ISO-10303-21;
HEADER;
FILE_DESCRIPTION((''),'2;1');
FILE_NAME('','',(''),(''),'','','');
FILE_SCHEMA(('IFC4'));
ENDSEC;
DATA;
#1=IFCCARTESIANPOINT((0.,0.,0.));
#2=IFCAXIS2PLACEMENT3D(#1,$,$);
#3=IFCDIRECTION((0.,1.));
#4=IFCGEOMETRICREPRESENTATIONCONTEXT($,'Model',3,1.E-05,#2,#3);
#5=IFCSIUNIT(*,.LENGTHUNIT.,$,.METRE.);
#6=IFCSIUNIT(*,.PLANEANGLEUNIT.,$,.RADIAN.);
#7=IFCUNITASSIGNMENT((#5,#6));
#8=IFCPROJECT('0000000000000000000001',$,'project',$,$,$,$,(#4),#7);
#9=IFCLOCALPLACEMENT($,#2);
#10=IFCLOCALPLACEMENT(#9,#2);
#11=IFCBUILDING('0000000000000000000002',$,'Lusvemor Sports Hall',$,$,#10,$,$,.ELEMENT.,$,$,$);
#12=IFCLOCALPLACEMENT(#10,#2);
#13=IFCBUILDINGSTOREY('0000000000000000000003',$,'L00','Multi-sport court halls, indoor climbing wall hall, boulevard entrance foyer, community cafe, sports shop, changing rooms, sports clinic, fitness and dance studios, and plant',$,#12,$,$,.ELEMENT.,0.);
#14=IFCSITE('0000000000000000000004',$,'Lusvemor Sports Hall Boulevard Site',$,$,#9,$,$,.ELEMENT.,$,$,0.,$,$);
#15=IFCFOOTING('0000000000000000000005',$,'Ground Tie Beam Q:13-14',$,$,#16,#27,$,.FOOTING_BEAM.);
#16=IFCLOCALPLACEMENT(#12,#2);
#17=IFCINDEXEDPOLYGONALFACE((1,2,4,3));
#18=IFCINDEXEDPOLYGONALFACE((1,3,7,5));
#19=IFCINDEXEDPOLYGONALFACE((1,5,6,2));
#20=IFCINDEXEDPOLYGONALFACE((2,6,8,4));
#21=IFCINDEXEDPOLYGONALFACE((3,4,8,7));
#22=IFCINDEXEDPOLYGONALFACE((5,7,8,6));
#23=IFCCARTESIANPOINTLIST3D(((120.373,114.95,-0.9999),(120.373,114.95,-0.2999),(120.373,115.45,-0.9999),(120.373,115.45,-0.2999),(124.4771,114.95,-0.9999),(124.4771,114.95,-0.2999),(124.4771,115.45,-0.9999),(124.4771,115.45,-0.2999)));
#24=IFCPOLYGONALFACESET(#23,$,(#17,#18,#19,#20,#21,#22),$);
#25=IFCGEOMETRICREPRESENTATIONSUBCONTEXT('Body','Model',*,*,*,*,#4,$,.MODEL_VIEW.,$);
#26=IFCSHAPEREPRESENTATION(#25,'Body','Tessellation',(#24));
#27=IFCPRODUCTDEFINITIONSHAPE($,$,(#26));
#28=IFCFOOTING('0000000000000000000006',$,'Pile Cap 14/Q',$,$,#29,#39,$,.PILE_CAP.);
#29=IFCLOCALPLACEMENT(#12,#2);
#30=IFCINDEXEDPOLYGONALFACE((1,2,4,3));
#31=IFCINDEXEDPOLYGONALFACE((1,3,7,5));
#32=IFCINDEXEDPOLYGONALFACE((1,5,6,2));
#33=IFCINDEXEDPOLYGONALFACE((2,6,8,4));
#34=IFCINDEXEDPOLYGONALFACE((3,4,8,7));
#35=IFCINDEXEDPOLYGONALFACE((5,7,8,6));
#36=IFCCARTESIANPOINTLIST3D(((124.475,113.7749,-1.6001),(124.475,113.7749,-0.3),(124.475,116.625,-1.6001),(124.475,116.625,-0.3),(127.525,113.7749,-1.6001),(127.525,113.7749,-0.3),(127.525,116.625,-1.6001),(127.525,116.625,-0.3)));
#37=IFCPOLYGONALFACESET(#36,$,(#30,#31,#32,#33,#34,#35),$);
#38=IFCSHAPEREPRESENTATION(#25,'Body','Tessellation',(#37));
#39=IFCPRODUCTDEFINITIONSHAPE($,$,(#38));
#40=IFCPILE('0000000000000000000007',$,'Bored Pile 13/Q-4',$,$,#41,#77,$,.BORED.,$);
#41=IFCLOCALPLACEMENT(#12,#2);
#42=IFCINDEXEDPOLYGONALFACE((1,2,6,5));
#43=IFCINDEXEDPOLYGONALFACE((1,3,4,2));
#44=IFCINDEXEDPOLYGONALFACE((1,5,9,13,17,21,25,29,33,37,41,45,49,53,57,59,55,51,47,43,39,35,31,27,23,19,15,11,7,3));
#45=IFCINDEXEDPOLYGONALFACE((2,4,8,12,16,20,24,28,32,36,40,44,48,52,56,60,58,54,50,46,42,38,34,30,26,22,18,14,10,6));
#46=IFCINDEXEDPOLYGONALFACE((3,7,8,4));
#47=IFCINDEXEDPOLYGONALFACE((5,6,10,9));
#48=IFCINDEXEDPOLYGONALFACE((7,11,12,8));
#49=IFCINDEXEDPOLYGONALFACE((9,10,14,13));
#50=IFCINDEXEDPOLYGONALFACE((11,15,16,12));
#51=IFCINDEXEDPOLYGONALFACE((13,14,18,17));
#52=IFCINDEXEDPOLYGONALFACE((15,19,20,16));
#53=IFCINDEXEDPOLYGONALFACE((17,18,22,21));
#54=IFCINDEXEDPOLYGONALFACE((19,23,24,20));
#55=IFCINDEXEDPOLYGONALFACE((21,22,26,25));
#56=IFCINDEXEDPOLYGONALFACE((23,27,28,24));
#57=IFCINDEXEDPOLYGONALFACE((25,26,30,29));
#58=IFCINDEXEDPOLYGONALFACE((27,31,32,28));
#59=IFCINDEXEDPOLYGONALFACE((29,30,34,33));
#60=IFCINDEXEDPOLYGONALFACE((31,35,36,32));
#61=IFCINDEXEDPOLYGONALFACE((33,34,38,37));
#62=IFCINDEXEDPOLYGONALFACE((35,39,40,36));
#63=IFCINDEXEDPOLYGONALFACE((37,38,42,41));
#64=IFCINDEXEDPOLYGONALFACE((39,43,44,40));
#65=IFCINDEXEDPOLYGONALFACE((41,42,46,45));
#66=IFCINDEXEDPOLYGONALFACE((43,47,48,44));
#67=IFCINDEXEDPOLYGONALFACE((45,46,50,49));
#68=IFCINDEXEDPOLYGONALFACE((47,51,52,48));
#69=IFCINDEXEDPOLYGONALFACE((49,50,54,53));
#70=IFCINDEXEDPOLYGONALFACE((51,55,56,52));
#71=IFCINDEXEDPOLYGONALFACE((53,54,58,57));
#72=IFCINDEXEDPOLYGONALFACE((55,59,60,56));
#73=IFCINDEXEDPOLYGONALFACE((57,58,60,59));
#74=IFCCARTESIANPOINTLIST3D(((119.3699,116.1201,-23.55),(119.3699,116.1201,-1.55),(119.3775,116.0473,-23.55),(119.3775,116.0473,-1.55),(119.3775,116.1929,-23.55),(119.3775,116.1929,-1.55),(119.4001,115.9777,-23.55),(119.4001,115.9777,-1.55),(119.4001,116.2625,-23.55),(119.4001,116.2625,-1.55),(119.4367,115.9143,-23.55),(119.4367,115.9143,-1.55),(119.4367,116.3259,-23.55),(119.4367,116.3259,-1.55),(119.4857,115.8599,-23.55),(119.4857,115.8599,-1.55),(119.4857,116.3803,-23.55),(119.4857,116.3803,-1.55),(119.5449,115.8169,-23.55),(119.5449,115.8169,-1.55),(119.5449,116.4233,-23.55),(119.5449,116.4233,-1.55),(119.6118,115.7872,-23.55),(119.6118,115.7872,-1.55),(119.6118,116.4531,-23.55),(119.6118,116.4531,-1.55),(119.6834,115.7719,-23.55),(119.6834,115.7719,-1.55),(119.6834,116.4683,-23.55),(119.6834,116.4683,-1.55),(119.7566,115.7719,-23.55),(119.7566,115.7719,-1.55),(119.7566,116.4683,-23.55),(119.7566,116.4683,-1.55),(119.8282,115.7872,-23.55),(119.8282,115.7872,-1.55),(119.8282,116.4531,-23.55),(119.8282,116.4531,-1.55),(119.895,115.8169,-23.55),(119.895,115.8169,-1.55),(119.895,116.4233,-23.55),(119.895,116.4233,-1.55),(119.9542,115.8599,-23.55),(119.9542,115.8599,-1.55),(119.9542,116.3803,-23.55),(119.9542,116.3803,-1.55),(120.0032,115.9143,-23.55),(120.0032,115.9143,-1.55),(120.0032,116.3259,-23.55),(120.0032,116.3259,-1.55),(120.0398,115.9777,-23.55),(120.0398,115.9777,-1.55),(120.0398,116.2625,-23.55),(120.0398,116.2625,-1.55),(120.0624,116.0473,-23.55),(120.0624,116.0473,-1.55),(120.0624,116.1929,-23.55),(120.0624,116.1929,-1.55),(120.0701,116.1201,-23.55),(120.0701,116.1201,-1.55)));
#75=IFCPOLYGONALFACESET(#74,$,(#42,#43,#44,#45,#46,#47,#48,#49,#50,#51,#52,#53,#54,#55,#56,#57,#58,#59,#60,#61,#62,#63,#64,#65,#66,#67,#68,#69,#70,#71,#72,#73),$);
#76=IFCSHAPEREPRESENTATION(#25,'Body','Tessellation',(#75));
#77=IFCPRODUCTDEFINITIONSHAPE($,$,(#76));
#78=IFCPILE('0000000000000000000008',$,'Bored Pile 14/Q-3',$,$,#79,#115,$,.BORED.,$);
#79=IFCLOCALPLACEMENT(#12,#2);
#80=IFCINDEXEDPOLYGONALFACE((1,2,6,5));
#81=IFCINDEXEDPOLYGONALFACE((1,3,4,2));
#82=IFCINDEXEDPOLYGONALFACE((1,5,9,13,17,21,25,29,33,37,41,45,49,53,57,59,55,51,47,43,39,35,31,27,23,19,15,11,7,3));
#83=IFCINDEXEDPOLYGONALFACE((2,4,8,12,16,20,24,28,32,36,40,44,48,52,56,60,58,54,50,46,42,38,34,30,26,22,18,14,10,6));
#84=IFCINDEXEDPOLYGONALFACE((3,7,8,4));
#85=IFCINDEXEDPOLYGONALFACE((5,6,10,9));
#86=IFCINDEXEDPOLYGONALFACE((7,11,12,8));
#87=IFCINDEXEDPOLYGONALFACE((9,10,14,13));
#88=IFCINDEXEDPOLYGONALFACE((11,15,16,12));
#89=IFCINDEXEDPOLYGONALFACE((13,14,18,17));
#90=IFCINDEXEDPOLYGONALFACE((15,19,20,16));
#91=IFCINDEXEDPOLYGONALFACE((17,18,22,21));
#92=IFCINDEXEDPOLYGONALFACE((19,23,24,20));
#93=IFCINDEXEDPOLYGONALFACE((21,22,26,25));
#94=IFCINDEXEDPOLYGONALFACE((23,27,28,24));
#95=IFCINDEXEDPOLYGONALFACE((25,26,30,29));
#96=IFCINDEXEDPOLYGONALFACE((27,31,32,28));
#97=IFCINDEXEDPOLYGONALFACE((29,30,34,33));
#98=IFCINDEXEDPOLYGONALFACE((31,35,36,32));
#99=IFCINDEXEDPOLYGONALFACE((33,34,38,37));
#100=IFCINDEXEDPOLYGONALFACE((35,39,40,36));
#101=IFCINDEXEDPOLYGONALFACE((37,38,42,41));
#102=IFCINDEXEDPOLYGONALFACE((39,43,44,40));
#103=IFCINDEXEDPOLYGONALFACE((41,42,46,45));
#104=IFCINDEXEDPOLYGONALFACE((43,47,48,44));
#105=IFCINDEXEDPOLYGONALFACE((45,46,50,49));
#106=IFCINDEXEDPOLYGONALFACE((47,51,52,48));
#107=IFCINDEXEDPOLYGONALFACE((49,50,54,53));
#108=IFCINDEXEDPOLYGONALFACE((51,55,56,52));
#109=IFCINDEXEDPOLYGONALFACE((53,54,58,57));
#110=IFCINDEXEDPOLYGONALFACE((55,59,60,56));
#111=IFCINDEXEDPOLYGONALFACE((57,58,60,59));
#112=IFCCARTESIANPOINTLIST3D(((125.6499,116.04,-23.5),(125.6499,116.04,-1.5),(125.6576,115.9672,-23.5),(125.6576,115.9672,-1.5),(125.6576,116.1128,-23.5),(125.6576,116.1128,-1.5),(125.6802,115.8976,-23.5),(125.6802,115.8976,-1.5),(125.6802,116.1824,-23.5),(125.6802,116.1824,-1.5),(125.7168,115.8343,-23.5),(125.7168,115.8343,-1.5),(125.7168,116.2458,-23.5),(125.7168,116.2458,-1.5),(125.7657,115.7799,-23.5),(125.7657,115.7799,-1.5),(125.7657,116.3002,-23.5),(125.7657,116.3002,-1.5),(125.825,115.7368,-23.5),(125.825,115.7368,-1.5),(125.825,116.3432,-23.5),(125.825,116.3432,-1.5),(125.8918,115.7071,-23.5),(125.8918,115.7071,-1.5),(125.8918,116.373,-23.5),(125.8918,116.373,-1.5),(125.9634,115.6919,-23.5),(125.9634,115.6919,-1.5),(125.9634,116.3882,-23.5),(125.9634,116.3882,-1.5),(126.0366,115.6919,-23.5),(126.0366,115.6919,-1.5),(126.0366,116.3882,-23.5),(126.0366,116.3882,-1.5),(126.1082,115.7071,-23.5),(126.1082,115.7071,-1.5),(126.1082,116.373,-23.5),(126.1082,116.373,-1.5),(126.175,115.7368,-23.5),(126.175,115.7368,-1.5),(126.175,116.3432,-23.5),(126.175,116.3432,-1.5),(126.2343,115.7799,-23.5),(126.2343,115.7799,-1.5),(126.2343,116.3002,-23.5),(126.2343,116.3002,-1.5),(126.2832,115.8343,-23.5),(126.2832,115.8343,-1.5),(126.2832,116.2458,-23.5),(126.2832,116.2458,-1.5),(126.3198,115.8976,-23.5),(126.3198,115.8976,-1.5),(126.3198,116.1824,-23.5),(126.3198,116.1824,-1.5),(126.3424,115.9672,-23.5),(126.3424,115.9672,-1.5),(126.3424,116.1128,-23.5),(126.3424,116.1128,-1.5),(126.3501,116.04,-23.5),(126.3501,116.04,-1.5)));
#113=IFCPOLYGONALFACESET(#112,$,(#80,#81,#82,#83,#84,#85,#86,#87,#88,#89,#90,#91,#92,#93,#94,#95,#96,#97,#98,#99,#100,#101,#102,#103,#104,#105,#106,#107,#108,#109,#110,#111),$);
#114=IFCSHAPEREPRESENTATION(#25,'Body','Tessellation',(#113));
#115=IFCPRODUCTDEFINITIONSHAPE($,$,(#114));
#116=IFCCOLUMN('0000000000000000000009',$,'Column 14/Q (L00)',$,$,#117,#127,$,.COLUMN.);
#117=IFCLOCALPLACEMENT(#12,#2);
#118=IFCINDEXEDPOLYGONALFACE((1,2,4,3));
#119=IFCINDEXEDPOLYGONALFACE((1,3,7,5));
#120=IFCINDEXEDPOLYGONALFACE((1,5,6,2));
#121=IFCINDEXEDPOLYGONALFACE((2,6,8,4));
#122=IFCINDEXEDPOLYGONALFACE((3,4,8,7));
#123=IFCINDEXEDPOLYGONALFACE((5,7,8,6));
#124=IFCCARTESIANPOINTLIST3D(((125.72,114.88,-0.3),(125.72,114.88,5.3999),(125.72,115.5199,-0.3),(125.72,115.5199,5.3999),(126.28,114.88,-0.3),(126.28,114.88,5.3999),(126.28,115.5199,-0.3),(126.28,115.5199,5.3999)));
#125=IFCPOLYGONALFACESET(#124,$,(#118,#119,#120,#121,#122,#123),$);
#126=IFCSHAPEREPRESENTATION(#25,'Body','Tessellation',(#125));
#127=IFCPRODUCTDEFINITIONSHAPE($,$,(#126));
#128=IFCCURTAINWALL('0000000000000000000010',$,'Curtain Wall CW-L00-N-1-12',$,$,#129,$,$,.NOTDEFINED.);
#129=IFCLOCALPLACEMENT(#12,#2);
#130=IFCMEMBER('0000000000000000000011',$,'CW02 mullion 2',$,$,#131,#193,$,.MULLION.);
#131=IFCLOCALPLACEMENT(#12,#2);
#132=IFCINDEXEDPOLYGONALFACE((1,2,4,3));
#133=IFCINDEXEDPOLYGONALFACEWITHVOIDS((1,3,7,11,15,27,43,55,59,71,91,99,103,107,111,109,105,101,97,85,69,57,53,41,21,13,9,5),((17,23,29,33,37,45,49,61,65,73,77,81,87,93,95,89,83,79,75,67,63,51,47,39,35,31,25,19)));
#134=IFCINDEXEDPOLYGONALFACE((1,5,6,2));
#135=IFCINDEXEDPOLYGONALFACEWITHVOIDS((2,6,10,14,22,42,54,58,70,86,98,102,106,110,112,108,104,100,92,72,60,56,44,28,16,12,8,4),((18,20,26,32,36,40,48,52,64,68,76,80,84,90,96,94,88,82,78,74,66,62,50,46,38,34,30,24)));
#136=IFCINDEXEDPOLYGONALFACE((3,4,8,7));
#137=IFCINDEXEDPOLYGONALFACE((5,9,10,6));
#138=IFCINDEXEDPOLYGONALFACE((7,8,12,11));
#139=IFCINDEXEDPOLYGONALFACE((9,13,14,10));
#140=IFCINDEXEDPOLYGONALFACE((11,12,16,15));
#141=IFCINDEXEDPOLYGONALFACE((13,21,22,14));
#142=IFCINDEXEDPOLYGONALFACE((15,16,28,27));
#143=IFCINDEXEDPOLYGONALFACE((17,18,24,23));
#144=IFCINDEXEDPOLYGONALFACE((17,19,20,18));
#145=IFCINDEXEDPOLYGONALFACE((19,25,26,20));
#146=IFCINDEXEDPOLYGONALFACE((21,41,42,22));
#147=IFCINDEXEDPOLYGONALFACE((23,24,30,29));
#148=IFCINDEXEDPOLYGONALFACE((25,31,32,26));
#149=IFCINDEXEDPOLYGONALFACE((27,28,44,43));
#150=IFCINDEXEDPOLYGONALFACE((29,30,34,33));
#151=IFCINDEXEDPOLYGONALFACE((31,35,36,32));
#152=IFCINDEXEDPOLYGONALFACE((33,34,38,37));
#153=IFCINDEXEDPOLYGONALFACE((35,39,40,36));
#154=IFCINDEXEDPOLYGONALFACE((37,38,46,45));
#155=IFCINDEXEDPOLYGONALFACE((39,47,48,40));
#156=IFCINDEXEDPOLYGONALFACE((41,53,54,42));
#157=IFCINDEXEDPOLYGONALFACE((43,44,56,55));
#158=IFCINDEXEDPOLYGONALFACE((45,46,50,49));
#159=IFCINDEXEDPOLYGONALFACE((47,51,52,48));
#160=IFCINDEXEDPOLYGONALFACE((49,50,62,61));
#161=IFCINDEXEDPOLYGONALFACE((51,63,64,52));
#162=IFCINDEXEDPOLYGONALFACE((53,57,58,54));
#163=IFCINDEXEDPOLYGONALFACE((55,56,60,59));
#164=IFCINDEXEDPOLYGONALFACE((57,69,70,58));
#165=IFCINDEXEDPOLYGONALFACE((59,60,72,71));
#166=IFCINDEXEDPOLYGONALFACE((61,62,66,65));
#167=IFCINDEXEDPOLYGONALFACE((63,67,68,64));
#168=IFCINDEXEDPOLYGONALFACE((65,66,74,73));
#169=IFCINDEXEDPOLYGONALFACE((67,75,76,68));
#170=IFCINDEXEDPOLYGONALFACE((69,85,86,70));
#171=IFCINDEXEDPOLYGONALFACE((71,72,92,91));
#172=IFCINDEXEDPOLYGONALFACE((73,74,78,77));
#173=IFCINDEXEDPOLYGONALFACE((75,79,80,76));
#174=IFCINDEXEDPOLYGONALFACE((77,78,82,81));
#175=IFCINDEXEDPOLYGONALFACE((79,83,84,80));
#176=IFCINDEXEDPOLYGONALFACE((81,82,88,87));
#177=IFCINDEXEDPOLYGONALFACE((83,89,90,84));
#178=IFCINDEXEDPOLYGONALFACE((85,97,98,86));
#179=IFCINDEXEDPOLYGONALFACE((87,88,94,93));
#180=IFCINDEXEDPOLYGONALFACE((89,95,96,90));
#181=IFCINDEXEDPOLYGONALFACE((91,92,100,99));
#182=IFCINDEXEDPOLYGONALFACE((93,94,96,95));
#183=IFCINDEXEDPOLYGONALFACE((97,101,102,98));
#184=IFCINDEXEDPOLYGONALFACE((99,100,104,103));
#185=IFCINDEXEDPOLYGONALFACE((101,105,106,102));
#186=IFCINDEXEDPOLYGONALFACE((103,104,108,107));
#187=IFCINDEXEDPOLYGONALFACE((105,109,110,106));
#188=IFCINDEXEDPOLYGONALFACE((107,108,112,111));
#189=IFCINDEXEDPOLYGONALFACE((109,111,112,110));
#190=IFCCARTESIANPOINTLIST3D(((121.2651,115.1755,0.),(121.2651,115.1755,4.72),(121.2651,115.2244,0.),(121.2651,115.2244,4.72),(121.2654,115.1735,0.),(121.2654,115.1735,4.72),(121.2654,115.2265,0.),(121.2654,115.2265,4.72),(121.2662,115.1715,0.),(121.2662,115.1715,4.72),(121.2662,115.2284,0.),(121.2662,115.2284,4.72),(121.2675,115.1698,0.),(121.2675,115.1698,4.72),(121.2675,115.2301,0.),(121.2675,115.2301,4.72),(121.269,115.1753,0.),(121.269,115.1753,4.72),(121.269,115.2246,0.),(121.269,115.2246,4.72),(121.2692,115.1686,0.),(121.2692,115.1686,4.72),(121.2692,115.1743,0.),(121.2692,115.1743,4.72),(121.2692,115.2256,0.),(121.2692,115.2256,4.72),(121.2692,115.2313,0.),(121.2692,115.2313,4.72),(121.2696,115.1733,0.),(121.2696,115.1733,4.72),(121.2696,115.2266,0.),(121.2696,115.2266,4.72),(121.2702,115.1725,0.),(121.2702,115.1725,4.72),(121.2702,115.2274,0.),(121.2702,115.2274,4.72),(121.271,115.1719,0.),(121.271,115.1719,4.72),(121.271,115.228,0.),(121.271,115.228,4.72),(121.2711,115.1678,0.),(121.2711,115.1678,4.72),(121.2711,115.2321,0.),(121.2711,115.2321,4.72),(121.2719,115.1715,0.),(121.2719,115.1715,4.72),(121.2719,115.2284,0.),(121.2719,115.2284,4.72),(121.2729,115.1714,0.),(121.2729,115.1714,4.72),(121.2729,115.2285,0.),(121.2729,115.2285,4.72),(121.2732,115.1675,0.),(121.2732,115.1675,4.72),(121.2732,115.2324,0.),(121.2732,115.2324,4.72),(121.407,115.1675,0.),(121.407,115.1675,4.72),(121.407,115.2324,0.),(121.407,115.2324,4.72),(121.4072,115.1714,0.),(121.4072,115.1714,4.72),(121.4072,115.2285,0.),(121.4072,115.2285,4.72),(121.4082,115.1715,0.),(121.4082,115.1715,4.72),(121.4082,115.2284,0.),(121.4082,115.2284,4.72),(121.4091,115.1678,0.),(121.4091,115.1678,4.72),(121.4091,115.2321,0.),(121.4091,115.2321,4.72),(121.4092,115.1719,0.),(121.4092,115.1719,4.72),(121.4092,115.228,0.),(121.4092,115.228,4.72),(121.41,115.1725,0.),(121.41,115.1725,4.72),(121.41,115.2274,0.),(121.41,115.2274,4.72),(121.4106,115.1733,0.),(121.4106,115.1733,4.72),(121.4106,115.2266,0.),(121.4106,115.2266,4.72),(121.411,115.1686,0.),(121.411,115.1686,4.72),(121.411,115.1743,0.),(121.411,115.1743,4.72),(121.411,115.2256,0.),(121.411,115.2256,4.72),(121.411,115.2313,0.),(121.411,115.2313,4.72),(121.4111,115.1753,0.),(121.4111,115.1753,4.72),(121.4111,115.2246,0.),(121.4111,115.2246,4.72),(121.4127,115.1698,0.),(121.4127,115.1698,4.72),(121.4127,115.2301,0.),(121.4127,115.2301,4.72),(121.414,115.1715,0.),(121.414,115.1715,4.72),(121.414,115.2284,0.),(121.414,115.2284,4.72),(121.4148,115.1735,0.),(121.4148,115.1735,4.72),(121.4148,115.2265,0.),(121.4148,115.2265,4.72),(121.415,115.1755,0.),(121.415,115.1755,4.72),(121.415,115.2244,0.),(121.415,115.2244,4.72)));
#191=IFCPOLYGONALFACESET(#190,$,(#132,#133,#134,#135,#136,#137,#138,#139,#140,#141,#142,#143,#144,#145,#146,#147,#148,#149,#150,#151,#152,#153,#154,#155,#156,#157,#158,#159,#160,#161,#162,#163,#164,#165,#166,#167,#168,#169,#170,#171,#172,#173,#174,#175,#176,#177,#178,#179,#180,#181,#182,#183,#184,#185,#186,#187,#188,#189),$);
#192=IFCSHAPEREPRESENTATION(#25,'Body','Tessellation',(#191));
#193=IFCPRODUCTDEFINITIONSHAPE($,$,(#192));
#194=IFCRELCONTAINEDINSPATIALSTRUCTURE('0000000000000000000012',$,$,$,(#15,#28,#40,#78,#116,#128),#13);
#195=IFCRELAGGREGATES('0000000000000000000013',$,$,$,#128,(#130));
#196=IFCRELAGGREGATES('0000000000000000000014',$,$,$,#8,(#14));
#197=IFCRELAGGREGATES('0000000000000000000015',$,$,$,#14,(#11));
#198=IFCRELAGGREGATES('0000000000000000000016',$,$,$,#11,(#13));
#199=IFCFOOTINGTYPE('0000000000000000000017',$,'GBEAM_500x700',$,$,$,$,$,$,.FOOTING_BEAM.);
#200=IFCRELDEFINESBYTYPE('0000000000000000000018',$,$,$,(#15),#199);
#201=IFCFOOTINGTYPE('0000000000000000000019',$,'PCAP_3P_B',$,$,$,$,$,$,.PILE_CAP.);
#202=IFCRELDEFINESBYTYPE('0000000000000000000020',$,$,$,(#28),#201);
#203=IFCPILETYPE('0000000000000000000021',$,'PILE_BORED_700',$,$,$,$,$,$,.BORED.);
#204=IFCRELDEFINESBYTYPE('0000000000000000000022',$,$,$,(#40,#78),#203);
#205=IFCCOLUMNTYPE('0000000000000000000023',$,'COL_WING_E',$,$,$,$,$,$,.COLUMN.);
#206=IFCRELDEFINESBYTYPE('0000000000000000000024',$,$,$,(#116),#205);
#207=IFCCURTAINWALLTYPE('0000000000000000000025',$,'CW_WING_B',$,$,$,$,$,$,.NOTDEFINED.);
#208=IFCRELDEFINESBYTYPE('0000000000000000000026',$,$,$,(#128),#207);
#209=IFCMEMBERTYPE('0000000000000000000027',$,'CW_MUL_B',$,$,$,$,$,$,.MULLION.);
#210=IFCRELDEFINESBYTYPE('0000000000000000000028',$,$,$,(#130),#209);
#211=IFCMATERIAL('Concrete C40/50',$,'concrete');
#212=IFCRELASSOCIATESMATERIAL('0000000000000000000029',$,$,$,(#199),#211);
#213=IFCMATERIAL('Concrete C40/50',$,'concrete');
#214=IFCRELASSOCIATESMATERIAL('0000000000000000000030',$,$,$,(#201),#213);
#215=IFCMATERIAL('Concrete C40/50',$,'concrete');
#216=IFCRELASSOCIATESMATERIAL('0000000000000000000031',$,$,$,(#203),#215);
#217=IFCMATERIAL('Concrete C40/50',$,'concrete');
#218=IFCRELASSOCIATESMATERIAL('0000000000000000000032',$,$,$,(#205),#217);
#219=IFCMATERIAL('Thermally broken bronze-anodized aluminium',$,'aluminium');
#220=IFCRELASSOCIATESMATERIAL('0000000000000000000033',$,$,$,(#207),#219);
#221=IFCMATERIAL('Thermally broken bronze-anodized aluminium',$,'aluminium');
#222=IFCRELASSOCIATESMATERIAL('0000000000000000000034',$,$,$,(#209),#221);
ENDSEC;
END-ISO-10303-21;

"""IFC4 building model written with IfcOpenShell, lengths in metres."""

from ifc_helpers import new_model, si_unit, direction, frame, origin, origin_2d, place, context, subcontext, project, spatial, rectangle, hollow_rectangle, circle, extrude, material, material_profile, profile_set, type_object, element, aggregate, save


model = new_model("IFC4")

# Units and contexts
model_context = context("Model", 3, precision=1e-05, world=origin(), true_north=direction((0.0, 1.0)))
body_context = subcontext(model_context, "Body", "Model", "MODEL_VIEW")
ifc_project = project(units=[si_unit("LENGTHUNIT", "METRE"), si_unit("PLANEANGLEUNIT", "RADIAN")], contexts=[model_context])

# Site, building, storey
site_placement = place(None, origin())
site = spatial("IfcSite", under=ifc_project, at=site_placement, Name="Lusvemor Sports Hall Boulevard Site", CompositionType="ELEMENT", RefElevation=0.0)
building_placement = place(site_placement, origin())
building = spatial("IfcBuilding", under=site, at=building_placement, Name="Lusvemor Sports Hall", CompositionType="ELEMENT")
storey_placement = place(building_placement, origin())
storey = spatial("IfcBuildingStorey", under=building, at=storey_placement, Name="L00", Description="Multi-sport court halls, indoor climbing wall hall, boulevard entrance foyer, community cafe, sports shop, changing rooms, sports clinic, fitness and dance studios, and plant", CompositionType="ELEMENT", Elevation=0.0)

# Footings
ifc_material_1 = material(Name="Concrete C40/50", Category="concrete")
ifc_material_profile_1 = material_profile(ifc_material_1, rectangle(XDim=0.5, YDim=0.7, at=origin_2d()), Name="GB_500x700")
ifc_profile_set_1 = profile_set([ifc_material_profile_1], Name="Concrete C40/50")
footing_type_1 = type_object("IfcFootingType", Name="GBEAM_500x700", PredefinedType="FOOTING_BEAM", material=ifc_profile_set_1)
footing_1_placement = place(storey_placement, frame((120.373, 115.2, -0.6499), z_axis=(1.0, 0.0, 0.0), x_axis=(0.0, 1.0, 0.0)))
element("IfcFooting", 1, at=footing_1_placement, inside=storey, type_object=footing_type_1, Name="Ground Tie Beam Q:13-14", PredefinedType="FOOTING_BEAM", context=body_context, shape_type="SweptSolid", body=[
    extrude(rectangle(XDim=0.5, YDim=0.7, at=origin_2d()), origin(), (0.0, 0.0, 1.0), 4.104),
])
ifc_material_2 = material(Name="Concrete C40/50", Category="concrete")
footing_type_2 = type_object("IfcFootingType", Name="PCAP_3P_B", PredefinedType="PILE_CAP", material=ifc_material_2)
footing_2_placement = place(storey_placement, frame((126.0, 115.2, -1.6001), z_axis=(0.0, 0.0, 1.0), x_axis=(1.0, 0.0, 0.0)))
element("IfcFooting", 2, at=footing_2_placement, inside=storey, type_object=footing_type_2, Name="Pile Cap 14/Q", PredefinedType="PILE_CAP", context=body_context, shape_type="SweptSolid", body=[
    extrude(rectangle(XDim=3.05, YDim=2.8501, at=origin_2d()), origin(), (0.0, 0.0, 1.0), 1.3),
])

# Piles
ifc_material_3 = material(Name="Concrete C40/50", Category="concrete")
ifc_material_profile_2 = material_profile(ifc_material_3, circle(Radius=0.3501, at=origin_2d()), Name="PILE700")
ifc_profile_set_2 = profile_set([ifc_material_profile_2], Name="Concrete C40/50")
pile_type = type_object("IfcPileType", Name="PILE_BORED_700", PredefinedType="BORED", material=ifc_profile_set_2)
for number, where, z_axis, x_axis, name in (
    (3, (119.72, 116.1201, -1.55), (0.0, 0.0, -1.0), (1.0, 0.0, 0.0), "Bored Pile 13/Q-4"),
    (4, (126.0, 116.04, -1.5), (0.0, 0.0, -1.0), (1.0, 0.0, 0.0), "Bored Pile 14/Q-3"),
):
    element("IfcPile", number, at=place(storey_placement, frame(where, z_axis=z_axis, x_axis=x_axis)), inside=storey, type_object=pile_type, Name=name, PredefinedType="BORED", context=body_context, shape_type="SweptSolid", body=[
        extrude(circle(Radius=0.3501, at=origin_2d()), origin(), (0.0, 0.0, 1.0), 22.0),
    ])

# Column
ifc_material_4 = material(Name="Concrete C40/50", Category="concrete")
ifc_material_profile_3 = material_profile(ifc_material_4, rectangle(XDim=0.5601, YDim=0.6399, at=origin_2d()), Name="RC560x640")
ifc_profile_set_3 = profile_set([ifc_material_profile_3], Name="Concrete C40/50")
column_type = type_object("IfcColumnType", Name="COL_WING_E", PredefinedType="COLUMN", material=ifc_profile_set_3)
column_placement = place(storey_placement, frame((126.0, 115.2, -0.3), z_axis=(0.0, 0.0, 1.0), x_axis=(1.0, 0.0, 0.0)))
element("IfcColumn", 5, at=column_placement, inside=storey, type_object=column_type, Name="Column 14/Q (L00)", PredefinedType="COLUMN", context=body_context, shape_type="SweptSolid", body=[
    extrude(rectangle(XDim=0.5601, YDim=0.6399, at=origin_2d()), origin(), (0.0, 0.0, 1.0), 5.7),
])

# Curtain wall, member
ifc_material_5 = material(Name="Thermally broken bronze-anodized aluminium", Category="aluminium")
curtain_wall_type = type_object("IfcCurtainWallType", Name="CW_WING_B", PredefinedType="NOTDEFINED", material=ifc_material_5)
curtain_wall_placement = place(storey_placement, origin())
curtain_wall = element("IfcCurtainWall", 6, at=curtain_wall_placement, inside=storey, type_object=curtain_wall_type, Name="Curtain Wall CW-L00-N-1-12", PredefinedType="NOTDEFINED")
ifc_material_6 = material(Name="Thermally broken bronze-anodized aluminium", Category="aluminium")
ifc_material_profile_4 = material_profile(ifc_material_6, hollow_rectangle(XDim=0.0649, YDim=0.1499, WallThickness=0.0039, InnerFilletRadius=0.0039, OuterFilletRadius=0.0081, at=origin_2d()), Name="CWMUL150x65x4")
ifc_profile_set_4 = profile_set([ifc_material_profile_4], Name="Thermally broken bronze-anodized aluminium")
member_type_1 = type_object("IfcMemberType", Name="CW_MUL_B", PredefinedType="MULLION", material=ifc_profile_set_4)
member_1_placement = place(storey_placement, frame((121.3401, 115.2, 0.0), z_axis=(0.0, 0.0, 1.0), x_axis=(0.0, 1.0, 0.0)))
member_1 = element("IfcMember", 7, at=member_1_placement, type_object=member_type_1, Name="CW02 mullion 2", PredefinedType="MULLION", context=body_context, shape_type="SweptSolid", body=[
    extrude(hollow_rectangle(XDim=0.0649, YDim=0.1499, WallThickness=0.0039, InnerFilletRadius=0.0039, OuterFilletRadius=0.0081, at=origin_2d()), origin(), (0.0, 0.0, 1.0), 4.72),
])
aggregate(curtain_wall, [member_1])

save(model, "model.ifc")
